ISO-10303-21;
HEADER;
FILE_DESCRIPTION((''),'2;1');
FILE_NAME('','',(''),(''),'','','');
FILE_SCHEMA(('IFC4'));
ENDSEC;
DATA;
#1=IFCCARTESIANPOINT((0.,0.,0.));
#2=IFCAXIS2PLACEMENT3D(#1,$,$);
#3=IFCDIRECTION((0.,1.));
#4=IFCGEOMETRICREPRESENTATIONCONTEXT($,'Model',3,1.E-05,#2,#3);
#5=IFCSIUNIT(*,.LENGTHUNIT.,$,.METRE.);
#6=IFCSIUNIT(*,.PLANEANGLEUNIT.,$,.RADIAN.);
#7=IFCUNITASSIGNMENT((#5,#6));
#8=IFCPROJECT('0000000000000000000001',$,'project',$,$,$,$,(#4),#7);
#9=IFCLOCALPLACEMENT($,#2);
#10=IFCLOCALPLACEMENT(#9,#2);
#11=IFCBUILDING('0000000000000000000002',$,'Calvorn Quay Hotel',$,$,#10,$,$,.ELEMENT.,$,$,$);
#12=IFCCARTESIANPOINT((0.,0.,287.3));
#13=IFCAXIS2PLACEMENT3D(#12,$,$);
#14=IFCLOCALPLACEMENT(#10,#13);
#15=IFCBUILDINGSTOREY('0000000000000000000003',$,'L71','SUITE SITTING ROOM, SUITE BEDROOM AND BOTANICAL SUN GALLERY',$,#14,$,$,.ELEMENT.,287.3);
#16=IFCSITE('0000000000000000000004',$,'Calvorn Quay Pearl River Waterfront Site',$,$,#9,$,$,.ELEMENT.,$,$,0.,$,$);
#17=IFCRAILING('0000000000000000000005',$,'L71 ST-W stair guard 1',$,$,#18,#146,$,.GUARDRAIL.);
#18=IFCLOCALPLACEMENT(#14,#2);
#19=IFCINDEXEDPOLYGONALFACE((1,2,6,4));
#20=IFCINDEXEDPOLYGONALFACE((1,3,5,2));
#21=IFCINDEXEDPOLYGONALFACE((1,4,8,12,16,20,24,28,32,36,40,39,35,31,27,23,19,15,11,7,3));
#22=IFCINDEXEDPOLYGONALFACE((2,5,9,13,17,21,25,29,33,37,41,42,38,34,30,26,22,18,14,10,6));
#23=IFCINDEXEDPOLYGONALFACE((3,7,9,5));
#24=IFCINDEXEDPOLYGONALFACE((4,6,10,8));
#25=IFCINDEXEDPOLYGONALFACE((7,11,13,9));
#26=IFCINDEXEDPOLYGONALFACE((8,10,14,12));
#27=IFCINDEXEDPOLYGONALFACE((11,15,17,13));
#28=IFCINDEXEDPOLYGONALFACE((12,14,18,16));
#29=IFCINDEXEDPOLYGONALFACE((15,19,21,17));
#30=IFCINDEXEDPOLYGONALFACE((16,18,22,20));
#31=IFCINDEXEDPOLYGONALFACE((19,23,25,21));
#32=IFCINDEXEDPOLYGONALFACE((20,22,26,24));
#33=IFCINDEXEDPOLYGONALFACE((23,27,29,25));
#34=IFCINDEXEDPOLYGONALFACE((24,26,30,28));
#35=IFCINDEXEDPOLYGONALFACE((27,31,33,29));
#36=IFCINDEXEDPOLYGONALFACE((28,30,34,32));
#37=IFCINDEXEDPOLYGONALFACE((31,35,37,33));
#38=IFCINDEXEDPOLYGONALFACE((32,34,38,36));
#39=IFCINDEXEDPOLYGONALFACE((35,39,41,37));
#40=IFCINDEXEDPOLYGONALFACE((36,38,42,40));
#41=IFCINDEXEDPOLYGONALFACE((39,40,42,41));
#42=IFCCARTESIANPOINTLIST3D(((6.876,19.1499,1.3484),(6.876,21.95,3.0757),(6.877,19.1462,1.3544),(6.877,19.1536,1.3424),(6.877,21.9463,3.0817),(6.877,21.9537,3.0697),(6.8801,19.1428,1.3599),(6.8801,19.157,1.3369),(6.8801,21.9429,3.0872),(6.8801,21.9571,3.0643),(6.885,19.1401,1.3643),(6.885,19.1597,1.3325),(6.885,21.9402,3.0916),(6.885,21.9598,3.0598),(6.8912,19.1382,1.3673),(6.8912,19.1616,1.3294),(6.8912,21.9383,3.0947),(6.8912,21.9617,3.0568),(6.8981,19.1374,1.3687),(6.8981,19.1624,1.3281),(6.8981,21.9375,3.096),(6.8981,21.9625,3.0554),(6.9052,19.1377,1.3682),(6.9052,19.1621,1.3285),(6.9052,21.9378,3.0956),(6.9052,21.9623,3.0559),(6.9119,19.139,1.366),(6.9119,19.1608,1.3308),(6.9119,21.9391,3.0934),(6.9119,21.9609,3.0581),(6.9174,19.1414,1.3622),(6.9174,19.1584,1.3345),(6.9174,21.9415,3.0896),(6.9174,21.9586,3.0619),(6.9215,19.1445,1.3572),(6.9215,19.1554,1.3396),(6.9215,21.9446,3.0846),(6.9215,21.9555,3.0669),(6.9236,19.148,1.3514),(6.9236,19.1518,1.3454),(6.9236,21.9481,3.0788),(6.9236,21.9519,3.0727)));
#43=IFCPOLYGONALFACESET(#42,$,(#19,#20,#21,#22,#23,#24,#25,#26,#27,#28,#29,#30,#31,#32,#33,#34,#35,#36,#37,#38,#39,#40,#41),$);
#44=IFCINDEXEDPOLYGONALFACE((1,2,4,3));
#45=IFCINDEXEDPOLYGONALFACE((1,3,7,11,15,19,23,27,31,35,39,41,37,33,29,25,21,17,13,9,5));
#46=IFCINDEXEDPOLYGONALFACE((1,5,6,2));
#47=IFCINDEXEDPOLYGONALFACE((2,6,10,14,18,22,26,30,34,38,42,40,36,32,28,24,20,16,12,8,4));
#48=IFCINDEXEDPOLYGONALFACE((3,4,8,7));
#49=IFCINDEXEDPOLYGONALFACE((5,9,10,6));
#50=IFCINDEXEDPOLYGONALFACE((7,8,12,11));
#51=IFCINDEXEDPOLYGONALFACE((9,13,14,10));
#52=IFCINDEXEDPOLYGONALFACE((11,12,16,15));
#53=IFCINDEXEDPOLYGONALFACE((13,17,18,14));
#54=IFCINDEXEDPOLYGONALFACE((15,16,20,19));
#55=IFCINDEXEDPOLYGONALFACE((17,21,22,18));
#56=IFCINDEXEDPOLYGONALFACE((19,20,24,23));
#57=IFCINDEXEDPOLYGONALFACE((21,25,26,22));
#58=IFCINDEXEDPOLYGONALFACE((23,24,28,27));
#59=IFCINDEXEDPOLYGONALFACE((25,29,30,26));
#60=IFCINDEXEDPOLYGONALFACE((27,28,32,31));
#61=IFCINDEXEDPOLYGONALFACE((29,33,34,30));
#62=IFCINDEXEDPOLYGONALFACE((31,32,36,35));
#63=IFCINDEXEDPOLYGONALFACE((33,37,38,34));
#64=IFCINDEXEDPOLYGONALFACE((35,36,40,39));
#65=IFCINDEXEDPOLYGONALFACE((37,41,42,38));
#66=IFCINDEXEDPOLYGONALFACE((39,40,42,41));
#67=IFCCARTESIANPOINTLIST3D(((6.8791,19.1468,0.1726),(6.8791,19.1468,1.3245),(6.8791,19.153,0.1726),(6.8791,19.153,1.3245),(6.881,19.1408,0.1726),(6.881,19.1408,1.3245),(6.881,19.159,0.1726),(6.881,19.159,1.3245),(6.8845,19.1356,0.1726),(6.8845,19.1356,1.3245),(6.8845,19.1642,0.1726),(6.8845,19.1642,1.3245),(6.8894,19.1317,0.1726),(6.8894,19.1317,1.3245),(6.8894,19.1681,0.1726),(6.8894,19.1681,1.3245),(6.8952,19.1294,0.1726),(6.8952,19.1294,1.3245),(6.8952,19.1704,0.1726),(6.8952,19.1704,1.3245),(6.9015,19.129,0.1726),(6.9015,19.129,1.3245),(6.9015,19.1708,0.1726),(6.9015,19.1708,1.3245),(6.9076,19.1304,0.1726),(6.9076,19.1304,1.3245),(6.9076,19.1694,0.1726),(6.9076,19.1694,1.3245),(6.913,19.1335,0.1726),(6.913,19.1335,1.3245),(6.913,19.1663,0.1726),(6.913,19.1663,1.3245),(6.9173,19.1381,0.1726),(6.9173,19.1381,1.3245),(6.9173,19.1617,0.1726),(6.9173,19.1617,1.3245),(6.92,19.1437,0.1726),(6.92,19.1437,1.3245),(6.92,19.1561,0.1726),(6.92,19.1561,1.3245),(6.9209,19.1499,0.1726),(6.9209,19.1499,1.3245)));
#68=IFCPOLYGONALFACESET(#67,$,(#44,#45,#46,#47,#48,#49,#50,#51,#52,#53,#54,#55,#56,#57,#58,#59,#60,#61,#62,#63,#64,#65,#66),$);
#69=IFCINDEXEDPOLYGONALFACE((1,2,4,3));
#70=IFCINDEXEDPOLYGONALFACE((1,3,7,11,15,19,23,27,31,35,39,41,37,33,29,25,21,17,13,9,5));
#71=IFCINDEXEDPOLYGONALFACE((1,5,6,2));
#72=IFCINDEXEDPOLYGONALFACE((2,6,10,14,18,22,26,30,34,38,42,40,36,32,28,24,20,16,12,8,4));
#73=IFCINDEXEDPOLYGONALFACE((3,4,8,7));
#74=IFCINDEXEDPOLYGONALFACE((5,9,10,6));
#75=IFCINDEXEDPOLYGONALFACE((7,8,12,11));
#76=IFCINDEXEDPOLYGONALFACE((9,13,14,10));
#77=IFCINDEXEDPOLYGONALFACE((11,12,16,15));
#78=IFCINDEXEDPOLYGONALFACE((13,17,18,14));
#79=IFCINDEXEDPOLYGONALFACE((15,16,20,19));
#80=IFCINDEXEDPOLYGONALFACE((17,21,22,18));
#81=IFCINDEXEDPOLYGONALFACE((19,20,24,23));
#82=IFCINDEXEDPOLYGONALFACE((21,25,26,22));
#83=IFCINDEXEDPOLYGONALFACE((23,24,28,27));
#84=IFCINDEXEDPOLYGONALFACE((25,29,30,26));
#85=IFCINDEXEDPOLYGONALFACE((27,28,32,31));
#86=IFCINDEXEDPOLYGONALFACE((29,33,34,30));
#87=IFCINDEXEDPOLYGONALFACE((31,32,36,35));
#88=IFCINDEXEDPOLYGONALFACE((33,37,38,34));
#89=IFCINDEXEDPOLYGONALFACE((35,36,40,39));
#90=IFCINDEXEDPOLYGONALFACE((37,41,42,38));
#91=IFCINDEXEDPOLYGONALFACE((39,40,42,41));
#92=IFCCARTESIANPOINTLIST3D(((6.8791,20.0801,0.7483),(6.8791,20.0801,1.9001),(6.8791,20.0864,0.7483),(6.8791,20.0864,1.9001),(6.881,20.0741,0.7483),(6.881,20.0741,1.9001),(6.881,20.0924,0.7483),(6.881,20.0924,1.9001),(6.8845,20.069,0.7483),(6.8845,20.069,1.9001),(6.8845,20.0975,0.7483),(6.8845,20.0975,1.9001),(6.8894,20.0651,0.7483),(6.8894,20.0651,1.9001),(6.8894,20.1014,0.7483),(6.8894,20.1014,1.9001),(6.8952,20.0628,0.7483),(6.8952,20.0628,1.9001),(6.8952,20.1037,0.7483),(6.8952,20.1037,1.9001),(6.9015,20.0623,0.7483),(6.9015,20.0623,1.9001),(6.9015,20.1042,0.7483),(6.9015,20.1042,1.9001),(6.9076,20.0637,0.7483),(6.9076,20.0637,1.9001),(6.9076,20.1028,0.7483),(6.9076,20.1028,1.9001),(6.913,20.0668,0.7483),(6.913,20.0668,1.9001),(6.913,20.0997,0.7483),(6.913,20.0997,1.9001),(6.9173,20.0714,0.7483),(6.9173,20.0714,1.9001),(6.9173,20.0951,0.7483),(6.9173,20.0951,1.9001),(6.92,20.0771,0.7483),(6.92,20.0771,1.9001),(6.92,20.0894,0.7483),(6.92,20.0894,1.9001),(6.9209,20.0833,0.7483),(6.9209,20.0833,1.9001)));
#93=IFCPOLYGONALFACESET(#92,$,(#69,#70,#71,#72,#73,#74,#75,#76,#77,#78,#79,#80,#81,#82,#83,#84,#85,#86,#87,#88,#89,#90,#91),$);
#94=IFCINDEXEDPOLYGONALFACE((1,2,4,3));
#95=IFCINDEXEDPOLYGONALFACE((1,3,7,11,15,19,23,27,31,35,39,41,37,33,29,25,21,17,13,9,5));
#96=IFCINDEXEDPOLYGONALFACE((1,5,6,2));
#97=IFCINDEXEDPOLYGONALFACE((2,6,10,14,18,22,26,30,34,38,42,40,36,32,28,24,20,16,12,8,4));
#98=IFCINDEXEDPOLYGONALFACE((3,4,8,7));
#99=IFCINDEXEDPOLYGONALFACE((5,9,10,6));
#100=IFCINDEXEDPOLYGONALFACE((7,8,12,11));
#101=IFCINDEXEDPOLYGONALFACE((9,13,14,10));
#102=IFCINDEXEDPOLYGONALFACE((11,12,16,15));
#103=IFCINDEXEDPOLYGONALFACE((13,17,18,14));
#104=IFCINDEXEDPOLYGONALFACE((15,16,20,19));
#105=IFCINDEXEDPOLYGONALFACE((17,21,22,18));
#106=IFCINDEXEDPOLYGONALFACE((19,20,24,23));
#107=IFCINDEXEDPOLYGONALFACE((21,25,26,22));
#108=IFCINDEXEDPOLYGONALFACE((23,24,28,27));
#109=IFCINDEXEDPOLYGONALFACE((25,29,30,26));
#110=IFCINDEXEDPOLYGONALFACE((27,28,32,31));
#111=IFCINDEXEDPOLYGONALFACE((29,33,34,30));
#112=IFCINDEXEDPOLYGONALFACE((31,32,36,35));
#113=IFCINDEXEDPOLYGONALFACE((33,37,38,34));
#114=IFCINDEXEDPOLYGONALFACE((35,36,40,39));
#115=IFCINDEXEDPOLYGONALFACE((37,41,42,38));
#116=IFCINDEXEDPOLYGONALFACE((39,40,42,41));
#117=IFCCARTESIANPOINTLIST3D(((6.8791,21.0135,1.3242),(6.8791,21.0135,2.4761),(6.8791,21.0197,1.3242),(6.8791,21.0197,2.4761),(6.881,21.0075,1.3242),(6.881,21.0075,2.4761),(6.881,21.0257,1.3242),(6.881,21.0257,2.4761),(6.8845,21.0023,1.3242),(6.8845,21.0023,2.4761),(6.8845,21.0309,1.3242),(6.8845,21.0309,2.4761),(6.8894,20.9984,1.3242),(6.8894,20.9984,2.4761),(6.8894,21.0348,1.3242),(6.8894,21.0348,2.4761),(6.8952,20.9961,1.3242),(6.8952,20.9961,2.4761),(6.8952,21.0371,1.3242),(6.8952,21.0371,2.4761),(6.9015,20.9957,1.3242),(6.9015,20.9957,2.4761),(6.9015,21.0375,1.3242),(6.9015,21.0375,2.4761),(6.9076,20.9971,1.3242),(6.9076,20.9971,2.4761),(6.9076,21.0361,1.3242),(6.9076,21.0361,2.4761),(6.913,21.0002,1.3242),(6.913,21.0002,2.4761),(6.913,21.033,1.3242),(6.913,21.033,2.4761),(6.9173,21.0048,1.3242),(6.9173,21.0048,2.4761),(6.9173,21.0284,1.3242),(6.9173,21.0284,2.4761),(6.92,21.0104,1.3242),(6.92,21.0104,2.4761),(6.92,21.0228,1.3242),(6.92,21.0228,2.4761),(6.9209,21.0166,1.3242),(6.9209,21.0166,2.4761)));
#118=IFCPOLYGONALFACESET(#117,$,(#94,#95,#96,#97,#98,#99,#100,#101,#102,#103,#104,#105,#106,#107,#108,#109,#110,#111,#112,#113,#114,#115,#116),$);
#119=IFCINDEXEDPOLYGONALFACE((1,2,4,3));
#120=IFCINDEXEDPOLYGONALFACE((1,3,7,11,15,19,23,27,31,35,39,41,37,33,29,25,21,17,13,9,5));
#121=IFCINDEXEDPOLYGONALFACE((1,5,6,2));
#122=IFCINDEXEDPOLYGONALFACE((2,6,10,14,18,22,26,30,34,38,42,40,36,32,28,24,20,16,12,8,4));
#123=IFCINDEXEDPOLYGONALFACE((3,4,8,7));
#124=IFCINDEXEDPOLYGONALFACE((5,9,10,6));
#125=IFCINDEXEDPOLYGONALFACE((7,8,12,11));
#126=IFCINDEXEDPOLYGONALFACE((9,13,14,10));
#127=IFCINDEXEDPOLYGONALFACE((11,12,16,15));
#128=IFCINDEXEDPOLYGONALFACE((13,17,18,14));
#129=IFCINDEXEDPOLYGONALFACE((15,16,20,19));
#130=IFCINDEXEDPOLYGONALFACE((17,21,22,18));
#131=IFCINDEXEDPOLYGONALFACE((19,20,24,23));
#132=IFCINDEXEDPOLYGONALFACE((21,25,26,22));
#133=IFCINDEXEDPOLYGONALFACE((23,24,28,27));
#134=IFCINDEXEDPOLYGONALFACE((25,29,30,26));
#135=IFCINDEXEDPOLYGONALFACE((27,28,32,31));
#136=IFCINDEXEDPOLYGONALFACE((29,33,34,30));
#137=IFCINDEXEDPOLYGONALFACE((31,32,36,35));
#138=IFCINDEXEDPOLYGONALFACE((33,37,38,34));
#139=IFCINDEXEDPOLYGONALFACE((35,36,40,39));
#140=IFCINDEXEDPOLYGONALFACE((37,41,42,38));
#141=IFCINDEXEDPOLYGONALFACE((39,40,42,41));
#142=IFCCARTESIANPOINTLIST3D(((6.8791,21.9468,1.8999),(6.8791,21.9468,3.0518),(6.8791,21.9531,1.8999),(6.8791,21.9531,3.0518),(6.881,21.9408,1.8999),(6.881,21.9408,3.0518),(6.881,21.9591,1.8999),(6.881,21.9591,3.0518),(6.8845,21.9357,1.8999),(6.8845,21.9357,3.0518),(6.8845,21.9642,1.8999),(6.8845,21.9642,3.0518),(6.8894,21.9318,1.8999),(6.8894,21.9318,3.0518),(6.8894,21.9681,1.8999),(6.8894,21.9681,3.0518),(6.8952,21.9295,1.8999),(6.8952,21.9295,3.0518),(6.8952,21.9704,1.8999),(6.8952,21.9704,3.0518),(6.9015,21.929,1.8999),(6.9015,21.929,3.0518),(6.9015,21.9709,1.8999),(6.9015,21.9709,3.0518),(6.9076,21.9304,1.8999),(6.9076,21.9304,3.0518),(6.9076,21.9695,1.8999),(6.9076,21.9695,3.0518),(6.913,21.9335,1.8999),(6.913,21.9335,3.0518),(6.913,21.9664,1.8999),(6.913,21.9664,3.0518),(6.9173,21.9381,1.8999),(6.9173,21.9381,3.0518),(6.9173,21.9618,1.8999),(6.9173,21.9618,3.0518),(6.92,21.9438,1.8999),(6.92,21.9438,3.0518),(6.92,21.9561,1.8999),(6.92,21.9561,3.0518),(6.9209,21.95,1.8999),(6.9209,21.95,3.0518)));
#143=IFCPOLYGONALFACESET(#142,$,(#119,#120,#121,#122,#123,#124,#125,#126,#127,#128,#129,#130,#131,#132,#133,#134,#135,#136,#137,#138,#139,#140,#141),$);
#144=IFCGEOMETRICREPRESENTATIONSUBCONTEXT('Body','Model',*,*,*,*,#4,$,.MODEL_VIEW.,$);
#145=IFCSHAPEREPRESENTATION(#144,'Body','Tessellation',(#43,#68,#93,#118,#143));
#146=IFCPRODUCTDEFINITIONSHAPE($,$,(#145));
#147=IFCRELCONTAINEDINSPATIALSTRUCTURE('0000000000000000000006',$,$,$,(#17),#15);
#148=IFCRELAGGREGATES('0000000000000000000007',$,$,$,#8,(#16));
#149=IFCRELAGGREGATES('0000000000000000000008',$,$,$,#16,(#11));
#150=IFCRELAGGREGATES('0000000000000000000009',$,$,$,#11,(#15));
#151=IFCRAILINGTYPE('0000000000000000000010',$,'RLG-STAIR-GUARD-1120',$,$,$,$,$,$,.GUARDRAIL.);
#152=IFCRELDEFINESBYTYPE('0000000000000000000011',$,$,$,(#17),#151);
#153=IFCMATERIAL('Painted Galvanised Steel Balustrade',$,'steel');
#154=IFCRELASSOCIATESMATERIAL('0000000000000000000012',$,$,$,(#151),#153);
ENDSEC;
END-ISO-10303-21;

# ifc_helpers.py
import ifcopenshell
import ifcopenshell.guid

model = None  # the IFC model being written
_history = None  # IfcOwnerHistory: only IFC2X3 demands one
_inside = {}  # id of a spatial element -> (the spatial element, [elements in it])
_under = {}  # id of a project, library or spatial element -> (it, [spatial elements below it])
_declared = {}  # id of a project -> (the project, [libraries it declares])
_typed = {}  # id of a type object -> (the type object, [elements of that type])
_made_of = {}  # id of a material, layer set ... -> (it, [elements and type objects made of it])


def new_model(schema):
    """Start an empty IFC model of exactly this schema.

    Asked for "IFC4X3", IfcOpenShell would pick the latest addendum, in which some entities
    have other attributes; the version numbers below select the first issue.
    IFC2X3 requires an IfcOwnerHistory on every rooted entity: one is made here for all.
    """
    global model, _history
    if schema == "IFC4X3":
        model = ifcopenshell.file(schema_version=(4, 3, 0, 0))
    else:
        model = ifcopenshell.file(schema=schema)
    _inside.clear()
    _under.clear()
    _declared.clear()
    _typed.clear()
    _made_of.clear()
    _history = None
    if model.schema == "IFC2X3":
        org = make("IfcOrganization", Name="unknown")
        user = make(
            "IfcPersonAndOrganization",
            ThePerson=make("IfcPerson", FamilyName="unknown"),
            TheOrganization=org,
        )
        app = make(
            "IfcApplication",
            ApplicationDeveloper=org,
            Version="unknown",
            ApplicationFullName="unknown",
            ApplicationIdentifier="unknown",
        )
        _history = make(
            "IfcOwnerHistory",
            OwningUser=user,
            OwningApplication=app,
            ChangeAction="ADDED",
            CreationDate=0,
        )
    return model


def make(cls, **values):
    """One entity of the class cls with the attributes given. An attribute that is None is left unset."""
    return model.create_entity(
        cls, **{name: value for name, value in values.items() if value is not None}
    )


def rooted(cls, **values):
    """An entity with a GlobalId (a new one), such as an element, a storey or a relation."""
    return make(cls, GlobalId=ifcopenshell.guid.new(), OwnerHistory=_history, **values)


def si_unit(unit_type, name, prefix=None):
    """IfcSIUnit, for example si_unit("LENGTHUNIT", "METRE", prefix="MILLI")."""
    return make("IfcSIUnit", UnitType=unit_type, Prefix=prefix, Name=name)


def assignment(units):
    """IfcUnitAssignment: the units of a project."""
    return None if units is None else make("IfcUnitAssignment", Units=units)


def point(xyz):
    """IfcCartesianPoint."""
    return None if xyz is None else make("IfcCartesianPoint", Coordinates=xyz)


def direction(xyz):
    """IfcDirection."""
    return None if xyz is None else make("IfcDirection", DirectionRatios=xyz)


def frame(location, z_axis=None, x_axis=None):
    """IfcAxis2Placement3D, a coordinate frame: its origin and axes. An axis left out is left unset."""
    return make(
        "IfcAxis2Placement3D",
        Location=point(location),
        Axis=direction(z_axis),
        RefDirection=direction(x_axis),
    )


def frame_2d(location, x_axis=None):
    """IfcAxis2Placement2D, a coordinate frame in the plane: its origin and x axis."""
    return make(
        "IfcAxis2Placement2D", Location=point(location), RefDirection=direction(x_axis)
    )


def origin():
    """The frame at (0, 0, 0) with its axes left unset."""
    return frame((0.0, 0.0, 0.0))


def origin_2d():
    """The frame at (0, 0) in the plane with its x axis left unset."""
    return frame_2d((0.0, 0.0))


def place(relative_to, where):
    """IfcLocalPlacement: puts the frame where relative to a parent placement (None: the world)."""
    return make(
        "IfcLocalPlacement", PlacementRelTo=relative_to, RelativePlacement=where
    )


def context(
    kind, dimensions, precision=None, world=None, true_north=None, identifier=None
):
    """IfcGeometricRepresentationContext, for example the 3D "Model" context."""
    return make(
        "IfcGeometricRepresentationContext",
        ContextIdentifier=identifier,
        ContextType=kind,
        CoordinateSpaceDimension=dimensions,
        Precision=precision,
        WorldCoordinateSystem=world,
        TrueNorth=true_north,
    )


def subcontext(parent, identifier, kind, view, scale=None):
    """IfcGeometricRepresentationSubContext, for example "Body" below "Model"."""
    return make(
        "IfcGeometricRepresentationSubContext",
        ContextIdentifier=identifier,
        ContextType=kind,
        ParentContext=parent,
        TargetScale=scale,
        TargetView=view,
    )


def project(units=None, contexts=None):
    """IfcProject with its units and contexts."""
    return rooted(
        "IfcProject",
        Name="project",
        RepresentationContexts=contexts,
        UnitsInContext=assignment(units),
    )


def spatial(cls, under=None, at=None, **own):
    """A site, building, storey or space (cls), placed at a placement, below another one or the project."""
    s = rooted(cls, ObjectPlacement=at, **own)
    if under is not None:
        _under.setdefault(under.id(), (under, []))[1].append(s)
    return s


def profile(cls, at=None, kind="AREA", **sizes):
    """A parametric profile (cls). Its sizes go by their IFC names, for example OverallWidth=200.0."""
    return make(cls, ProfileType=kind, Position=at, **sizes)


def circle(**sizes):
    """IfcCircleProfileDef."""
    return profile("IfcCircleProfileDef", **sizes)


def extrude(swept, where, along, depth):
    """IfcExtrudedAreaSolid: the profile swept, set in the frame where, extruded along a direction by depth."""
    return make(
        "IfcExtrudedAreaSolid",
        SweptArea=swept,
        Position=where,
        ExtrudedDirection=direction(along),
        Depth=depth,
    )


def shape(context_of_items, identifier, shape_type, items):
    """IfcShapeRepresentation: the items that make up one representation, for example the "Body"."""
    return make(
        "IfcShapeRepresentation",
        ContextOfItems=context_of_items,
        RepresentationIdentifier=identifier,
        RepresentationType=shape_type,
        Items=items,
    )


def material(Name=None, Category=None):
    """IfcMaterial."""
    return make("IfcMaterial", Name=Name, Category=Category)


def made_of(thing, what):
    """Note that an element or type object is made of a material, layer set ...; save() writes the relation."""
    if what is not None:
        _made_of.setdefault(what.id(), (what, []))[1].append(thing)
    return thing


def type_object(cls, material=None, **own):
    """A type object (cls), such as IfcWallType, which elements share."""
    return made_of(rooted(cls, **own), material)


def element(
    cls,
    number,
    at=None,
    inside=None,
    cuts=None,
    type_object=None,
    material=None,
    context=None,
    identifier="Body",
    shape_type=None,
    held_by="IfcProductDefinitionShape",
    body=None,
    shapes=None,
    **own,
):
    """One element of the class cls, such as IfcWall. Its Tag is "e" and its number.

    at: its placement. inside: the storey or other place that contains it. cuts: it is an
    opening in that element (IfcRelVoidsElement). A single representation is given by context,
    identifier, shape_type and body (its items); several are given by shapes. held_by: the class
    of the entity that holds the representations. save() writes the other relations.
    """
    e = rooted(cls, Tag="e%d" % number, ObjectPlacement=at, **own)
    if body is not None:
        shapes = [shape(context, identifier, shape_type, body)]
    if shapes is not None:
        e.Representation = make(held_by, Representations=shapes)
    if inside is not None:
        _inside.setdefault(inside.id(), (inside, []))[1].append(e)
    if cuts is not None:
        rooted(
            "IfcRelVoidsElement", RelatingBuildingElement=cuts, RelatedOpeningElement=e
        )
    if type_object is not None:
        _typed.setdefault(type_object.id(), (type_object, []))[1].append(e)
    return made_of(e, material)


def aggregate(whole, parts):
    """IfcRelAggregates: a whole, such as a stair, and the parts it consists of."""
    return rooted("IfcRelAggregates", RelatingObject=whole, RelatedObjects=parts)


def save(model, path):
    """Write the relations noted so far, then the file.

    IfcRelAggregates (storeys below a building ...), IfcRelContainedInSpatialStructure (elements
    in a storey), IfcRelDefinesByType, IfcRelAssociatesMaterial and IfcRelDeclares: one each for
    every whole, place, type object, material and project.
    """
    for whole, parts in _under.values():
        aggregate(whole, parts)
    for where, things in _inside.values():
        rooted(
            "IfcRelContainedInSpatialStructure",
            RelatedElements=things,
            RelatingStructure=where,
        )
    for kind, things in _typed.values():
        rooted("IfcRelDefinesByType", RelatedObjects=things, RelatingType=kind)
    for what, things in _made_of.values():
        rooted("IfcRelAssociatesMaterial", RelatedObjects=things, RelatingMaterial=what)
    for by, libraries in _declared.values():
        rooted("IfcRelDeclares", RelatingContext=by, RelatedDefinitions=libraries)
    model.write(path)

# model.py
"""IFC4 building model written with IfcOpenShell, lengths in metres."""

from ifc_helpers import new_model, si_unit, direction, frame, origin, origin_2d, place, context, subcontext, project, spatial, circle, extrude, material, type_object, element, save


model = new_model("IFC4")

# Units and contexts
model_context = context("Model", 3, precision=1e-05, world=origin(), true_north=direction((0.0, 1.0)))
body_context = subcontext(model_context, "Body", "Model", "MODEL_VIEW")
ifc_project = project(units=[si_unit("LENGTHUNIT", "METRE"), si_unit("PLANEANGLEUNIT", "RADIAN")], contexts=[model_context])

# Site, building, storey
site_placement = place(None, origin())
site = spatial("IfcSite", under=ifc_project, at=site_placement, Name="Calvorn Quay Pearl River Waterfront Site", CompositionType="ELEMENT", RefElevation=0.0)
building_placement = place(site_placement, origin())
building = spatial("IfcBuilding", under=site, at=building_placement, Name="Calvorn Quay Hotel", CompositionType="ELEMENT")
storey_placement = place(building_placement, frame((0.0, 0.0, 287.3)))
storey = spatial("IfcBuildingStorey", under=building, at=storey_placement, Name="L71", Description="SUITE SITTING ROOM, SUITE BEDROOM AND BOTANICAL SUN GALLERY", CompositionType="ELEMENT", Elevation=287.3)

# Railing
ifc_material_1 = material(Name="Painted Galvanised Steel Balustrade", Category="steel")
railing_type_1 = type_object("IfcRailingType", Name="RLG-STAIR-GUARD-1120", PredefinedType="GUARDRAIL", material=ifc_material_1)
railing_1_placement = place(storey_placement, frame((6.8999, 19.1499, 0.1726)))
element("IfcRailing", 1, at=railing_1_placement, inside=storey, type_object=railing_type_1, Name="L71 ST-W stair guard 1", PredefinedType="GUARDRAIL", context=body_context, shape_type="SweptSolid", body=[
    extrude(circle(Radius=0.0239, at=origin_2d()), frame((0.0, 0.0, 1.1758), z_axis=(0.0, 0.85109, 0.52502), x_axis=(-1.0, 0.0, 0.0)), (0.0, 0.0, 1.0), 3.29),
    extrude(circle(Radius=0.021, at=origin_2d()), origin(), (0.0, 0.0, 1.0), 1.1519),
    extrude(circle(Radius=0.021, at=origin_2d()), frame((0.0, 0.9333, 0.5757)), (0.0, 0.0, 1.0), 1.1519),
    extrude(circle(Radius=0.021, at=origin_2d()), frame((0.0, 1.8667, 1.1516)), (0.0, 0.0, 1.0), 1.1519),
    extrude(circle(Radius=0.021, at=origin_2d()), frame((0.0, 2.8, 1.7273)), (0.0, 0.0, 1.0), 1.1519),
])

save(model, "model.ifc")
